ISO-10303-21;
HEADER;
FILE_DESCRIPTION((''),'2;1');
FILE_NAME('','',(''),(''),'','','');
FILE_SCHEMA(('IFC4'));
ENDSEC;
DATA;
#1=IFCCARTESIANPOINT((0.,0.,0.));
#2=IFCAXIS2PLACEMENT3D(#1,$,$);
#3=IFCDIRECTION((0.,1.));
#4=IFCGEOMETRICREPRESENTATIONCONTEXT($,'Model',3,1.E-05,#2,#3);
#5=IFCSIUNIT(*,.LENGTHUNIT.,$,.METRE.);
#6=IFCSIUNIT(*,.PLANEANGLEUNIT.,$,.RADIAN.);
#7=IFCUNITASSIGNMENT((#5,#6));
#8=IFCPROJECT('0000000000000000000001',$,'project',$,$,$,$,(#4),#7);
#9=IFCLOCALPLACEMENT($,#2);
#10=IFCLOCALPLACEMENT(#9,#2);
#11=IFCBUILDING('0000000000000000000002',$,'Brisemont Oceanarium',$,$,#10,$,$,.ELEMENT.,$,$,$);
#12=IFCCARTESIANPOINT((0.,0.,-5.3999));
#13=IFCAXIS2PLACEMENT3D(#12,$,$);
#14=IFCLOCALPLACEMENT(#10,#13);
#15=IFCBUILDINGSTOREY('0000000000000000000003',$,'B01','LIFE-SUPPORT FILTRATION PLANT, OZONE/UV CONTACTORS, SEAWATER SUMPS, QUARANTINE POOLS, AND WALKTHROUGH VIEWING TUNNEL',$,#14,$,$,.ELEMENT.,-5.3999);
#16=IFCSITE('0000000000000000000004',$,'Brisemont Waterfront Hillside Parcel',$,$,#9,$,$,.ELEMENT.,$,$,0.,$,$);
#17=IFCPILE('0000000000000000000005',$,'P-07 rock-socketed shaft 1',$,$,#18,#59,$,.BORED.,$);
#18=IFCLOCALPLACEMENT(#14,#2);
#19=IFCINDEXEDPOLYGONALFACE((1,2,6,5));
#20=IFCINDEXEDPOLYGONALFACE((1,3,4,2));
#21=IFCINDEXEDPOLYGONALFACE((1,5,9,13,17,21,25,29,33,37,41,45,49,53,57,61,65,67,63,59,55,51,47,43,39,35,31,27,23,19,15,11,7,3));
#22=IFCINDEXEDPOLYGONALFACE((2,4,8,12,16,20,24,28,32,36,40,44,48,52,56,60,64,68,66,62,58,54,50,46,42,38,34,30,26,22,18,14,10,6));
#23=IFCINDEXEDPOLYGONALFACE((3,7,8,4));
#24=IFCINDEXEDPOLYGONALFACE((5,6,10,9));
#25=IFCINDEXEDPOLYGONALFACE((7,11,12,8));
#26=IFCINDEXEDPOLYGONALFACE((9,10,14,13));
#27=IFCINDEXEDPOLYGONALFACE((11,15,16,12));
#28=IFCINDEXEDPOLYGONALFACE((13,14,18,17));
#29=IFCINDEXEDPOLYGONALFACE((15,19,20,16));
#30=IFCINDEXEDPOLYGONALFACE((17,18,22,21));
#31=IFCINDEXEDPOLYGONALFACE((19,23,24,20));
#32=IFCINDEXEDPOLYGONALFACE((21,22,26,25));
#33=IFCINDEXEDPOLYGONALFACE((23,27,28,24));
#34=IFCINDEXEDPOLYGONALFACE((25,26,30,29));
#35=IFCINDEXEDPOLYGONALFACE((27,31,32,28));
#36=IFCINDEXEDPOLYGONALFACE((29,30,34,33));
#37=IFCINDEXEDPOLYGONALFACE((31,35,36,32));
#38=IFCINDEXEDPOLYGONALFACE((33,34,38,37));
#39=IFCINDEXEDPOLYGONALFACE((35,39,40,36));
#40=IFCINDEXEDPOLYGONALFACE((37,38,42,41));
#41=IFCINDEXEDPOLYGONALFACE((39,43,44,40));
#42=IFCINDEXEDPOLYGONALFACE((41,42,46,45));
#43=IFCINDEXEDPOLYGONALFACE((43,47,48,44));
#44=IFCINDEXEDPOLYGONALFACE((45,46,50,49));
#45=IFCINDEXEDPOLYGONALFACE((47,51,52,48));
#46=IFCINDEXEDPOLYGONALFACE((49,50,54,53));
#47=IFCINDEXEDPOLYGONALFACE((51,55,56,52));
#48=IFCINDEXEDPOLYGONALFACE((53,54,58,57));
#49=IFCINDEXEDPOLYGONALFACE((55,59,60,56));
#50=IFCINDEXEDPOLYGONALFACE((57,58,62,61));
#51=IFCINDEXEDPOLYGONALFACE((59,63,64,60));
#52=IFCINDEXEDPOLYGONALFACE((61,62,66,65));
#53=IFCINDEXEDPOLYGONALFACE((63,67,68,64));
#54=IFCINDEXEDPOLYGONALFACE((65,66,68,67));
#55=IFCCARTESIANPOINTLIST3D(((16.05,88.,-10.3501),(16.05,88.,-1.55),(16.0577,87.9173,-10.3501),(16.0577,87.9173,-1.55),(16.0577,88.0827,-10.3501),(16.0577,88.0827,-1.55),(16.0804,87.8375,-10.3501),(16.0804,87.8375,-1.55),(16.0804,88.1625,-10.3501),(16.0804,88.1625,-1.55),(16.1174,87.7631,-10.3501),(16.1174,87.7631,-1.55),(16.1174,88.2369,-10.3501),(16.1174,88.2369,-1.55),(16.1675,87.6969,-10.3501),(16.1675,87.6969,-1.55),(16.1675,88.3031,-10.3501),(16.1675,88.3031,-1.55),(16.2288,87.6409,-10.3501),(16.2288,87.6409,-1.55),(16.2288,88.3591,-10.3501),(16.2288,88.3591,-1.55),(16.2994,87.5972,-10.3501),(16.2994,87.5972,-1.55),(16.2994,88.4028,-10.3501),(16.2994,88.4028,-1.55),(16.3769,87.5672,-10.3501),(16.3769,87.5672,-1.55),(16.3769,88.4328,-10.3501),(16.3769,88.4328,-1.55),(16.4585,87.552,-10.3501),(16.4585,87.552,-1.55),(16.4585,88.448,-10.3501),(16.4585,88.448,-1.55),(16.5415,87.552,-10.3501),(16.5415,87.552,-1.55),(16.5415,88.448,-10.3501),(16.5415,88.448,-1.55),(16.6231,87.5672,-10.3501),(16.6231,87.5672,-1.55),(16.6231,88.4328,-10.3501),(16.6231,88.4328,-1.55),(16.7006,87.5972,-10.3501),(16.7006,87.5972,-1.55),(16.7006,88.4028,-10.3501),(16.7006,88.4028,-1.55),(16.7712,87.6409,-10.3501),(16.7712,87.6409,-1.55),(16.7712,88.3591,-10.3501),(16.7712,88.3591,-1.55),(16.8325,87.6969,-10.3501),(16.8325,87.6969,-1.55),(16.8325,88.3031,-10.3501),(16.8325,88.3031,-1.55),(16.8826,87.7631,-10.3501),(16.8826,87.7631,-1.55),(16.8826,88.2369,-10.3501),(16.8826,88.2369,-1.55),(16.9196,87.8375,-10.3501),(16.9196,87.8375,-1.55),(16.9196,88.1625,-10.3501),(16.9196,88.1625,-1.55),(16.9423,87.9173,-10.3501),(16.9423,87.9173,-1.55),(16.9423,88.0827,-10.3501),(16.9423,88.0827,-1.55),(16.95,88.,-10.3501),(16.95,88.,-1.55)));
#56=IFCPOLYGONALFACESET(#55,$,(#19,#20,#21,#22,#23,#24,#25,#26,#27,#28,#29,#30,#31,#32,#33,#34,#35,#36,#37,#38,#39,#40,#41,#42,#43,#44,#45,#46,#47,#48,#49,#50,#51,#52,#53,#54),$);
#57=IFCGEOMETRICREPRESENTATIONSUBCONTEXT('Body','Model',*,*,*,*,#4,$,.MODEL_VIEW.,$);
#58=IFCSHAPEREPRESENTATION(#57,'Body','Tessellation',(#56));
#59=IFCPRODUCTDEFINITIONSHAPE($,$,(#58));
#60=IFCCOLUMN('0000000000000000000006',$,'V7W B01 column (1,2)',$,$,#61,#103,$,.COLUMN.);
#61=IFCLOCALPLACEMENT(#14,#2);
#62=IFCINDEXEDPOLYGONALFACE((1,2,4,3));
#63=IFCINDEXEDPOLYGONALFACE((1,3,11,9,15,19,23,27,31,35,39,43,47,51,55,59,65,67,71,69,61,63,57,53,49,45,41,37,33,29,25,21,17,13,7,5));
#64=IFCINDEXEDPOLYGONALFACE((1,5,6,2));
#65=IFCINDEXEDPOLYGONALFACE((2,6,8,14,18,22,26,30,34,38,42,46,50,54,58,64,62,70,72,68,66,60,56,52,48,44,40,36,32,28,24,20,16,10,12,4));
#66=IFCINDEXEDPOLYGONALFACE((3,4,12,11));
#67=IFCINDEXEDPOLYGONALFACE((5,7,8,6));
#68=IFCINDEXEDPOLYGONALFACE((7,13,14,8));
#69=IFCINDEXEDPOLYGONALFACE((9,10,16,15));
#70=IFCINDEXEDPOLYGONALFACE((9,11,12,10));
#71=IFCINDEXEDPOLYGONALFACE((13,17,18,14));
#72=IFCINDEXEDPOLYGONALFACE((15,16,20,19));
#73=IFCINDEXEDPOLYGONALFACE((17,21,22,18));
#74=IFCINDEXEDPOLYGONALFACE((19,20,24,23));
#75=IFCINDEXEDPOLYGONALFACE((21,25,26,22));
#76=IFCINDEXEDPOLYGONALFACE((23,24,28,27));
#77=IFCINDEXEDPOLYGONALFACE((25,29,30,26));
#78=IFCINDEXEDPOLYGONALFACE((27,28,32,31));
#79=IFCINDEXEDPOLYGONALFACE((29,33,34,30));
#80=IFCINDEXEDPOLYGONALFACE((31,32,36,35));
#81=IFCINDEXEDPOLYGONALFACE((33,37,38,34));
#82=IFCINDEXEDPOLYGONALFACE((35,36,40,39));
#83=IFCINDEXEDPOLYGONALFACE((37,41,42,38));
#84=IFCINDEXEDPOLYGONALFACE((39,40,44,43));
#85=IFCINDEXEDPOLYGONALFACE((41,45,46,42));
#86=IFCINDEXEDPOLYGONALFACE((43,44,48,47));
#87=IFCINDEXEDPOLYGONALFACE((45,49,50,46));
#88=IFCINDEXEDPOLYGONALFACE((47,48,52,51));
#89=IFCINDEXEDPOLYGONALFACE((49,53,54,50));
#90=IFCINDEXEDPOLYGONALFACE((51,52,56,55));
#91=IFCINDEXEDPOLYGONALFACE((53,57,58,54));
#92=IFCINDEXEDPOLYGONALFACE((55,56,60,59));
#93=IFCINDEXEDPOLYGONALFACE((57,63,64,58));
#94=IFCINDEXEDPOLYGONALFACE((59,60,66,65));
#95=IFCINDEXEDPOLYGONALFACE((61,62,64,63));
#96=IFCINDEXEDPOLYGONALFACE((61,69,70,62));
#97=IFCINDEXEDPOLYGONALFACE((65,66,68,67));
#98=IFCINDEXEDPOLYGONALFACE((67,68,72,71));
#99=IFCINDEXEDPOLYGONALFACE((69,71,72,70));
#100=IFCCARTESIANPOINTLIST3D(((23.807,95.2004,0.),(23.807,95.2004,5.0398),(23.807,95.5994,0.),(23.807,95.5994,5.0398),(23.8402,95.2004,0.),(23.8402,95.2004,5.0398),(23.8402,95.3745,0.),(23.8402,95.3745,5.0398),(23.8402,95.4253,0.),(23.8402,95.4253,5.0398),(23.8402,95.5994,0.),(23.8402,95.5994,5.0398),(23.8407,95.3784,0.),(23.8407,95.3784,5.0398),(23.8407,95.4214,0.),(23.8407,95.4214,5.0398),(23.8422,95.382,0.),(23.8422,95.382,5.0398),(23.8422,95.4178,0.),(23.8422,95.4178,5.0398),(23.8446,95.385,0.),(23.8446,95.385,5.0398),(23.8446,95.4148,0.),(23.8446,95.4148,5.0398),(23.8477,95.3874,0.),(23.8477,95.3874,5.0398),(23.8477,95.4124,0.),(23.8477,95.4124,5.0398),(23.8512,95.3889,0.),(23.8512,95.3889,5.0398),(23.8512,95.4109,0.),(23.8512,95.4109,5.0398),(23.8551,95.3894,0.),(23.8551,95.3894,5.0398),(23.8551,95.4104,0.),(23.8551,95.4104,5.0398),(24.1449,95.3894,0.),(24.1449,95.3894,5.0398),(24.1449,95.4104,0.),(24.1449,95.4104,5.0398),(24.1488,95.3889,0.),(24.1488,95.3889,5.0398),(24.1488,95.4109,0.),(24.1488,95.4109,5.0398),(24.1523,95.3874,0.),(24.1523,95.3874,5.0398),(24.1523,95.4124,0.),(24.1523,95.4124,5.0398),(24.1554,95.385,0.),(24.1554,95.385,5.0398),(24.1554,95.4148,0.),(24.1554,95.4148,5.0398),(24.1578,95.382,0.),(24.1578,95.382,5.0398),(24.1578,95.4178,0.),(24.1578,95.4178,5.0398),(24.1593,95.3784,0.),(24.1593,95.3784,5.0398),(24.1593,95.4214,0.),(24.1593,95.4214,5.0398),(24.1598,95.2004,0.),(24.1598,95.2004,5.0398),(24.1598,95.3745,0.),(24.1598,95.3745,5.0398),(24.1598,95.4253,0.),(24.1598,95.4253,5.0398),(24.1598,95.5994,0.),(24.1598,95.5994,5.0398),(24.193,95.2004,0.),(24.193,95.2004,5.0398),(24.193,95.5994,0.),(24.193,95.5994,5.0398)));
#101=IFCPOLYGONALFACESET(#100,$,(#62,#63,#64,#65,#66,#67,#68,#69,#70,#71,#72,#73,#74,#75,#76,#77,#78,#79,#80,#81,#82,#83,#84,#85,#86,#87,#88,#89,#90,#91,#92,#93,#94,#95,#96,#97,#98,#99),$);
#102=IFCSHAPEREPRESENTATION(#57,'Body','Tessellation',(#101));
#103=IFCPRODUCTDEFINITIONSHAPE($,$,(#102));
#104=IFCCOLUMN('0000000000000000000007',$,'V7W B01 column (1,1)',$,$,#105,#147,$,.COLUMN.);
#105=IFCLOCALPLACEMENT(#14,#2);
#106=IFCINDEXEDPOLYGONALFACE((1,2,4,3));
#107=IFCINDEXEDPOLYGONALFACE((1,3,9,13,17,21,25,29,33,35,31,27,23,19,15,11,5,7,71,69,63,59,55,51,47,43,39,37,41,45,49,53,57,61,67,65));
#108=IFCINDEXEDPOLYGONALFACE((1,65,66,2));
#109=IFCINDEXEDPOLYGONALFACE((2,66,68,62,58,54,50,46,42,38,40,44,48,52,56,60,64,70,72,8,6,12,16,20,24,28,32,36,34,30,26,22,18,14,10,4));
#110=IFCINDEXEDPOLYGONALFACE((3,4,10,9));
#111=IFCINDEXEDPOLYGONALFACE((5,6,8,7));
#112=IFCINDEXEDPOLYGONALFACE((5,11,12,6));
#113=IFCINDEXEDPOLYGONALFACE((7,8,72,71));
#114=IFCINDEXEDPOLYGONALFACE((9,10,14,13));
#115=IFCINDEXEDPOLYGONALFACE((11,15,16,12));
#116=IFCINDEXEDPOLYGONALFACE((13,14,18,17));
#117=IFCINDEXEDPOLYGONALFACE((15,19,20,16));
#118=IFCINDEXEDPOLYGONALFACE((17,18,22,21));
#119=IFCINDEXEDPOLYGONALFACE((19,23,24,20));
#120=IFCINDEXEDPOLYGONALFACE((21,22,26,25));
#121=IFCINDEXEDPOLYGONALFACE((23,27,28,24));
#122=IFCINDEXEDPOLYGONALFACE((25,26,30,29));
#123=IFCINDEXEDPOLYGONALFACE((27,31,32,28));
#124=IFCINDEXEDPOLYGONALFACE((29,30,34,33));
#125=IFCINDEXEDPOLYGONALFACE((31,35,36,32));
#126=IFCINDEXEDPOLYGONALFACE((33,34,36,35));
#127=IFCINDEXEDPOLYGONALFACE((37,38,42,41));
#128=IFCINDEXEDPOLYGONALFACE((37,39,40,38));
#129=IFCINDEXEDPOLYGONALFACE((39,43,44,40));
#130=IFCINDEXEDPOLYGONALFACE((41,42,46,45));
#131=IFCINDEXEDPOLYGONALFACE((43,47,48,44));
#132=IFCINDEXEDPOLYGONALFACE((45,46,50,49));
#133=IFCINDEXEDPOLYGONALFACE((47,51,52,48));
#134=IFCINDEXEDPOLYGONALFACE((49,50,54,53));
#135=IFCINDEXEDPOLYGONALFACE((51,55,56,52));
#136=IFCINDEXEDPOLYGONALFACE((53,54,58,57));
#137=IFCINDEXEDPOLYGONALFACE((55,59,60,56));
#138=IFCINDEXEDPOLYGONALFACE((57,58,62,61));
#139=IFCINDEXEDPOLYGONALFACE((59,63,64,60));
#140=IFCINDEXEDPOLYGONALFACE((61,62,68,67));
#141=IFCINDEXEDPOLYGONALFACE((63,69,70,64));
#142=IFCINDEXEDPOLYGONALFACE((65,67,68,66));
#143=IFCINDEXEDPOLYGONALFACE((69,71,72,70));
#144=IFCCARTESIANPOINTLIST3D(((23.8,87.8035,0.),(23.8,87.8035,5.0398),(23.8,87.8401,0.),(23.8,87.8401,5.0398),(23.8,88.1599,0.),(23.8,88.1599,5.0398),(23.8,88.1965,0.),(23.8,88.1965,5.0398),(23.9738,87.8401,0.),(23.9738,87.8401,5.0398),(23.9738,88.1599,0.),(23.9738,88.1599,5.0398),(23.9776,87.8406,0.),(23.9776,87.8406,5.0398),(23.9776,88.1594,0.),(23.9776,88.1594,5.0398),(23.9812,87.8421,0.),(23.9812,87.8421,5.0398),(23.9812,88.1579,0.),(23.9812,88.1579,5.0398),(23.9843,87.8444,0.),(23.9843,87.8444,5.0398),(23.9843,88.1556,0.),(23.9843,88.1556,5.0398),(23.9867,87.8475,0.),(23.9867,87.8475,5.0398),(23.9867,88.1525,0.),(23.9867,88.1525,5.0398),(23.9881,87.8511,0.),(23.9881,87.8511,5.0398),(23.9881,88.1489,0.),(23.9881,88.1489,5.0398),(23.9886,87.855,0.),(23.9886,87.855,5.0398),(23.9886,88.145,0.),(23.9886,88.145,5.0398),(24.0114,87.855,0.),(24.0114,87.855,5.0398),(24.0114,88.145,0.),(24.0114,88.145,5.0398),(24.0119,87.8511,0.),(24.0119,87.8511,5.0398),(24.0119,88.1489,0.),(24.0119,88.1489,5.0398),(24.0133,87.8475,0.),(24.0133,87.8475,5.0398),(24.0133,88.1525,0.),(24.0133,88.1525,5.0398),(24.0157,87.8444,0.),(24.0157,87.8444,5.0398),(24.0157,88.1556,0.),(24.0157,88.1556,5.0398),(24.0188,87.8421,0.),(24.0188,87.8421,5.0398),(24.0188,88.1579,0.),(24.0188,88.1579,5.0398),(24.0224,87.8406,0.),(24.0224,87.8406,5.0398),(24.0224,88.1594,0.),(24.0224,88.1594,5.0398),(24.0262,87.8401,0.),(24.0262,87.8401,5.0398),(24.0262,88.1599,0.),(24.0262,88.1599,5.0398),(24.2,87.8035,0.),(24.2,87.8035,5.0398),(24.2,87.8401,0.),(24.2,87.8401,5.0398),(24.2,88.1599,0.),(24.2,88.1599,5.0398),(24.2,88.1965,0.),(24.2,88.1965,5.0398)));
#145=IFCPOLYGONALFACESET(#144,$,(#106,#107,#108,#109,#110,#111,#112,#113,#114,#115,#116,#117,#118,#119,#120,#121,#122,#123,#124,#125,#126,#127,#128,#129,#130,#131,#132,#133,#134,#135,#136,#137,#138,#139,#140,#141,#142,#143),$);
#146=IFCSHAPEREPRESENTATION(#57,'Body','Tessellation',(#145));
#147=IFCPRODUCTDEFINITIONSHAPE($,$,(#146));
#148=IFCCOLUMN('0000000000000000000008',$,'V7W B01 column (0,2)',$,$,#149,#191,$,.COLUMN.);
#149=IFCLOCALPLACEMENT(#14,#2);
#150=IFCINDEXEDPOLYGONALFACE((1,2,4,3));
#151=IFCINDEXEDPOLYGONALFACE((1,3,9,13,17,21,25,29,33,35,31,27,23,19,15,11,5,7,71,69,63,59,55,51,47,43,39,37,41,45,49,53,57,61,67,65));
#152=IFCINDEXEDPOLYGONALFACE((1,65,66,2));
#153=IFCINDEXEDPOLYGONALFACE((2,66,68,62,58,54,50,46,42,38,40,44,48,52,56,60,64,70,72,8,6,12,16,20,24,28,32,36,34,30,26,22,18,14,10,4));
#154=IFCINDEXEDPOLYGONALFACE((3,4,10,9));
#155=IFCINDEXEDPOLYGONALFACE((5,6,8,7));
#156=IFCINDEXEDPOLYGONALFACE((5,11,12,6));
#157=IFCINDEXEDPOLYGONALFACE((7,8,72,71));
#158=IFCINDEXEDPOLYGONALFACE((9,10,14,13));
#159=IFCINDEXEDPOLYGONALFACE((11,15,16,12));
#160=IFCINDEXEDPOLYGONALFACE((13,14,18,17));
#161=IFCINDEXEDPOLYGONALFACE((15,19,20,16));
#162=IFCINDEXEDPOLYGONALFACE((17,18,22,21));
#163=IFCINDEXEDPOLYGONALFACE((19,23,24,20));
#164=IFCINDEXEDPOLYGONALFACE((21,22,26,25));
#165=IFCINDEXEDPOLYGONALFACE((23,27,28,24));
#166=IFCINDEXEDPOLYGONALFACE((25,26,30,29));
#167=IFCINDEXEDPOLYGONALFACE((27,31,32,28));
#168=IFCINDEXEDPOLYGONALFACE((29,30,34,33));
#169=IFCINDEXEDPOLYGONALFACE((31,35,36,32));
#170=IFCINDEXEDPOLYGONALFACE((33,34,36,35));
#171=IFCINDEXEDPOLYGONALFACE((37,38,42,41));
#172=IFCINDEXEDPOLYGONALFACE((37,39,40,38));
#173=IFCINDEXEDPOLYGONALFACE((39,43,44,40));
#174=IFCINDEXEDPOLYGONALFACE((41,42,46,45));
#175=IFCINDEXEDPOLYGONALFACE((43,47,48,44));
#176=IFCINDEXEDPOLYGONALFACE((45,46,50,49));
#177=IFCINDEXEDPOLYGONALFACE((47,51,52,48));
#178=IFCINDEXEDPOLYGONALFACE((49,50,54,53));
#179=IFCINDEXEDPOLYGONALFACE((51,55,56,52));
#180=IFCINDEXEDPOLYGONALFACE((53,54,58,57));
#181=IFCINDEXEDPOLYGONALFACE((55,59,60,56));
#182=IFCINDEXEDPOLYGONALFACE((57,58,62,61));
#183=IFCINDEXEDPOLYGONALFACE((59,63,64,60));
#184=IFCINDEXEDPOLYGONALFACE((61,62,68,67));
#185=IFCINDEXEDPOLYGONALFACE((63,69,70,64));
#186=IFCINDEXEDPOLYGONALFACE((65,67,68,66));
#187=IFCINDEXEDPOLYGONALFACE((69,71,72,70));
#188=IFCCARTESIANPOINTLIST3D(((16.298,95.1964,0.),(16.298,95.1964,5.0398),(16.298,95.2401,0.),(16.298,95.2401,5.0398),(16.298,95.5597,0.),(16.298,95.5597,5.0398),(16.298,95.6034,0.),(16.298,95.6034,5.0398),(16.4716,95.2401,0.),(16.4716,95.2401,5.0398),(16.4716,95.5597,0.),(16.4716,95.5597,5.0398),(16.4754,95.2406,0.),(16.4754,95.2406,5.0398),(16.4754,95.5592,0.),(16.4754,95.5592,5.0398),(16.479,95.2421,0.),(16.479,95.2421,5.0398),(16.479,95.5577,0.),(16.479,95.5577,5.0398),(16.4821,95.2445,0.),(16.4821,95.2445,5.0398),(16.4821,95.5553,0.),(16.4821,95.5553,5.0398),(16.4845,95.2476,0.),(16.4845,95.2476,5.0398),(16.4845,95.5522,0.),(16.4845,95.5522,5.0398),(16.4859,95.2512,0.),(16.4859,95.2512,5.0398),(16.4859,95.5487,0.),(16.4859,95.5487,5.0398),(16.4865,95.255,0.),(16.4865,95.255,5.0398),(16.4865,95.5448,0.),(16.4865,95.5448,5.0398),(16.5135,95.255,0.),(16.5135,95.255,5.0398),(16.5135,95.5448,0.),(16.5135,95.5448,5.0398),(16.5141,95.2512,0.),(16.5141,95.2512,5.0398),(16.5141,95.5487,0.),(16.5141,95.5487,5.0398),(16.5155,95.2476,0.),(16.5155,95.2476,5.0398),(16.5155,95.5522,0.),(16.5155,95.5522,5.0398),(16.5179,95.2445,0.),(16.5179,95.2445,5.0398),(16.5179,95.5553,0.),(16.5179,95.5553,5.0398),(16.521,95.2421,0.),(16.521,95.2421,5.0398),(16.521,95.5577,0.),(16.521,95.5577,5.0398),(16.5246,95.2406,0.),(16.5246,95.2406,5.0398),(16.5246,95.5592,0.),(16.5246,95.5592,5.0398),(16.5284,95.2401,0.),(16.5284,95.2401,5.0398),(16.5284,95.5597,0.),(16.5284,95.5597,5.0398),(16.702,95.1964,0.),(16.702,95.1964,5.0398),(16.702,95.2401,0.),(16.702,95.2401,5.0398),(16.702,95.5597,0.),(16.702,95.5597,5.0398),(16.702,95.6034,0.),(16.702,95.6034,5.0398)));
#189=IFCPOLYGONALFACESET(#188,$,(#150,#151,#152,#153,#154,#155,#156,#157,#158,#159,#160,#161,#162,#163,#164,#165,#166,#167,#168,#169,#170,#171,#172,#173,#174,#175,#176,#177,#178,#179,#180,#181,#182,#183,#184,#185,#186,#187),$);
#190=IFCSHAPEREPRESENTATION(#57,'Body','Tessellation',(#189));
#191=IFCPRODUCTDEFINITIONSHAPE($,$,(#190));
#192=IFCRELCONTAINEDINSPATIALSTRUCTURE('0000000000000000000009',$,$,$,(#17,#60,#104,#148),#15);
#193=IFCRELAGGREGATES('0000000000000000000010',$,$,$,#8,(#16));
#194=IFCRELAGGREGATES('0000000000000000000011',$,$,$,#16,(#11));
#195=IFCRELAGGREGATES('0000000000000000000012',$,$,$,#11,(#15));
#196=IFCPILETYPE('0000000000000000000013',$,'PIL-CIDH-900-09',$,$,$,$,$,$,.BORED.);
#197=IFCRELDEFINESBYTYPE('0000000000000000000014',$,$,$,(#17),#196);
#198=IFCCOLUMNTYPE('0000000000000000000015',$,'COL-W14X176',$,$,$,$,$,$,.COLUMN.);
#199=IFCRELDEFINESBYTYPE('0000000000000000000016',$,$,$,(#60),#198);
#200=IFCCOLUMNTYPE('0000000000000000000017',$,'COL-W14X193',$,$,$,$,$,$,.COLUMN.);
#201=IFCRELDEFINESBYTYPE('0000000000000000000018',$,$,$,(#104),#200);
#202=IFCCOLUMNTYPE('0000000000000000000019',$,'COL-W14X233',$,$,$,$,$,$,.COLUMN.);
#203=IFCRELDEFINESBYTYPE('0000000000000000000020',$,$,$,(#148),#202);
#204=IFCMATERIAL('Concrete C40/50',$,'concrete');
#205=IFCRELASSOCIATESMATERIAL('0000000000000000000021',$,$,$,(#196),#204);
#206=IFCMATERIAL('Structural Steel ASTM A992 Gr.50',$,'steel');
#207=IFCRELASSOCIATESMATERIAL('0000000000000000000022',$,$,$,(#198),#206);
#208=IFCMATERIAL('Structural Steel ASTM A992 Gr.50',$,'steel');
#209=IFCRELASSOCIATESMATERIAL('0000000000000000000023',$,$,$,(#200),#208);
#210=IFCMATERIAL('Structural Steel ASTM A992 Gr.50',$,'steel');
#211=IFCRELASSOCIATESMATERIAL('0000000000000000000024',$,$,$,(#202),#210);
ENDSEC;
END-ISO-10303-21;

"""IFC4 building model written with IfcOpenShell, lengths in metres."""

from ifc_helpers import new_model, si_unit, direction, frame, origin, origin_2d, place, context, subcontext, project, spatial, circle, i_section, extrude, material, material_profile, profile_set, type_object, element, save


model = new_model("IFC4")

# Units and contexts
model_context = context("Model", 3, precision=1e-05, world=origin(), true_north=direction((0.0, 1.0)))
body_context = subcontext(model_context, "Body", "Model", "MODEL_VIEW")
ifc_project = project(units=[si_unit("LENGTHUNIT", "METRE"), si_unit("PLANEANGLEUNIT", "RADIAN")], contexts=[model_context])

# Site, building, storey
site_placement = place(None, origin())
site = spatial("IfcSite", under=ifc_project, at=site_placement, Name="Brisemont Waterfront Hillside Parcel", CompositionType="ELEMENT", RefElevation=0.0)
building_placement = place(site_placement, origin())
building = spatial("IfcBuilding", under=site, at=building_placement, Name="Brisemont Oceanarium", CompositionType="ELEMENT")
storey_placement = place(building_placement, frame((0.0, 0.0, -5.3999)))
storey = spatial("IfcBuildingStorey", under=building, at=storey_placement, Name="B01", Description="LIFE-SUPPORT FILTRATION PLANT, OZONE/UV CONTACTORS, SEAWATER SUMPS, QUARANTINE POOLS, AND WALKTHROUGH VIEWING TUNNEL", CompositionType="ELEMENT", Elevation=-5.3999)

# Pile
ifc_material_1 = material(Name="Concrete C40/50", Category="concrete")
ifc_material_profile_1 = material_profile(ifc_material_1, circle(Radius=0.45, at=origin_2d()), Name="CIDH-D900")
ifc_profile_set_1 = profile_set([ifc_material_profile_1], Name="Concrete C40/50")
pile_type_1 = type_object("IfcPileType", Name="PIL-CIDH-900-09", PredefinedType="BORED", material=ifc_profile_set_1)
pile_placement = place(storey_placement, frame((16.5, 88.0, -1.55), z_axis=(0.0, 0.0, -1.0), x_axis=(1.0, 0.0, 0.0)))
element("IfcPile", 1, at=pile_placement, inside=storey, type_object=pile_type_1, Name="P-07 rock-socketed shaft 1", PredefinedType="BORED", context=body_context, shape_type="SweptSolid", body=[
    extrude(circle(Radius=0.45, at=origin_2d()), origin(), (0.0, 0.0, 1.0), 8.8),
])

# Columns
ifc_material_2 = material(Name="Structural Steel ASTM A992 Gr.50", Category="steel")
ifc_material_profile_2 = material_profile(ifc_material_2, i_section(OverallWidth=0.3989, OverallDepth=0.386, WebThickness=0.021, FlangeThickness=0.0332, FilletRadius=0.0149, at=origin_2d()), Name="W14X176")
ifc_profile_set_2 = profile_set([ifc_material_profile_2], Name="Structural Steel ASTM A992 Gr.50")
column_type_1 = type_object("IfcColumnType", Name="COL-W14X176", PredefinedType="COLUMN", material=ifc_profile_set_2)
column_1_placement = place(storey_placement, frame((24.0, 95.3999, 0.0), z_axis=(0.0, 0.0, 1.0), x_axis=(0.0, 1.0, 0.0)))
element("IfcColumn", 2, at=column_1_placement, inside=storey, type_object=column_type_1, Name="V7W B01 column (1,2)", PredefinedType="COLUMN", context=body_context, shape_type="SweptSolid", body=[
    extrude(i_section(OverallWidth=0.3989, OverallDepth=0.386, WebThickness=0.021, FlangeThickness=0.0332, FilletRadius=0.0149, at=origin_2d()), origin(), (0.0, 0.0, 1.0), 5.0398),
])
ifc_material_3 = material(Name="Structural Steel ASTM A992 Gr.50", Category="steel")
ifc_material_profile_3 = material_profile(ifc_material_3, i_section(OverallWidth=0.3999, OverallDepth=0.3931, WebThickness=0.0227, FlangeThickness=0.0366, FilletRadius=0.0149, at=origin_2d()), Name="W14X193")
ifc_profile_set_3 = profile_set([ifc_material_profile_3], Name="Structural Steel ASTM A992 Gr.50")
column_type_2 = type_object("IfcColumnType", Name="COL-W14X193", PredefinedType="COLUMN", material=ifc_profile_set_3)
column_2_placement = place(storey_placement, frame((24.0, 88.0, 0.0), z_axis=(0.0, 0.0, 1.0), x_axis=(1.0, 0.0, 0.0)))
element("IfcColumn", 3, at=column_2_placement, inside=storey, type_object=column_type_2, Name="V7W B01 column (1,1)", PredefinedType="COLUMN", context=body_context, shape_type="SweptSolid", body=[
    extrude(i_section(OverallWidth=0.3999, OverallDepth=0.3931, WebThickness=0.0227, FlangeThickness=0.0366, FilletRadius=0.0149, at=origin_2d()), origin(), (0.0, 0.0, 1.0), 5.0398),
])
ifc_material_4 = material(Name="Structural Steel ASTM A992 Gr.50", Category="steel")
ifc_material_profile_4 = material_profile(ifc_material_4, i_section(OverallWidth=0.4041, OverallDepth=0.407, WebThickness=0.0271, FlangeThickness=0.0437, FilletRadius=0.0149, at=origin_2d()), Name="W14X233")
ifc_profile_set_4 = profile_set([ifc_material_profile_4], Name="Structural Steel ASTM A992 Gr.50")
column_type_3 = type_object("IfcColumnType", Name="COL-W14X233", PredefinedType="COLUMN", material=ifc_profile_set_4)
column_3_placement = place(storey_placement, frame((16.5, 95.3999, 0.0), z_axis=(0.0, 0.0, 1.0), x_axis=(1.0, 0.0, 0.0)))
element("IfcColumn", 4, at=column_3_placement, inside=storey, type_object=column_type_3, Name="V7W B01 column (0,2)", PredefinedType="COLUMN", context=body_context, shape_type="SweptSolid", body=[
    extrude(i_section(OverallWidth=0.4041, OverallDepth=0.407, WebThickness=0.0271, FlangeThickness=0.0437, FilletRadius=0.0149, at=origin_2d()), origin(), (0.0, 0.0, 1.0), 5.0398),
])

save(model, "model.ifc")
